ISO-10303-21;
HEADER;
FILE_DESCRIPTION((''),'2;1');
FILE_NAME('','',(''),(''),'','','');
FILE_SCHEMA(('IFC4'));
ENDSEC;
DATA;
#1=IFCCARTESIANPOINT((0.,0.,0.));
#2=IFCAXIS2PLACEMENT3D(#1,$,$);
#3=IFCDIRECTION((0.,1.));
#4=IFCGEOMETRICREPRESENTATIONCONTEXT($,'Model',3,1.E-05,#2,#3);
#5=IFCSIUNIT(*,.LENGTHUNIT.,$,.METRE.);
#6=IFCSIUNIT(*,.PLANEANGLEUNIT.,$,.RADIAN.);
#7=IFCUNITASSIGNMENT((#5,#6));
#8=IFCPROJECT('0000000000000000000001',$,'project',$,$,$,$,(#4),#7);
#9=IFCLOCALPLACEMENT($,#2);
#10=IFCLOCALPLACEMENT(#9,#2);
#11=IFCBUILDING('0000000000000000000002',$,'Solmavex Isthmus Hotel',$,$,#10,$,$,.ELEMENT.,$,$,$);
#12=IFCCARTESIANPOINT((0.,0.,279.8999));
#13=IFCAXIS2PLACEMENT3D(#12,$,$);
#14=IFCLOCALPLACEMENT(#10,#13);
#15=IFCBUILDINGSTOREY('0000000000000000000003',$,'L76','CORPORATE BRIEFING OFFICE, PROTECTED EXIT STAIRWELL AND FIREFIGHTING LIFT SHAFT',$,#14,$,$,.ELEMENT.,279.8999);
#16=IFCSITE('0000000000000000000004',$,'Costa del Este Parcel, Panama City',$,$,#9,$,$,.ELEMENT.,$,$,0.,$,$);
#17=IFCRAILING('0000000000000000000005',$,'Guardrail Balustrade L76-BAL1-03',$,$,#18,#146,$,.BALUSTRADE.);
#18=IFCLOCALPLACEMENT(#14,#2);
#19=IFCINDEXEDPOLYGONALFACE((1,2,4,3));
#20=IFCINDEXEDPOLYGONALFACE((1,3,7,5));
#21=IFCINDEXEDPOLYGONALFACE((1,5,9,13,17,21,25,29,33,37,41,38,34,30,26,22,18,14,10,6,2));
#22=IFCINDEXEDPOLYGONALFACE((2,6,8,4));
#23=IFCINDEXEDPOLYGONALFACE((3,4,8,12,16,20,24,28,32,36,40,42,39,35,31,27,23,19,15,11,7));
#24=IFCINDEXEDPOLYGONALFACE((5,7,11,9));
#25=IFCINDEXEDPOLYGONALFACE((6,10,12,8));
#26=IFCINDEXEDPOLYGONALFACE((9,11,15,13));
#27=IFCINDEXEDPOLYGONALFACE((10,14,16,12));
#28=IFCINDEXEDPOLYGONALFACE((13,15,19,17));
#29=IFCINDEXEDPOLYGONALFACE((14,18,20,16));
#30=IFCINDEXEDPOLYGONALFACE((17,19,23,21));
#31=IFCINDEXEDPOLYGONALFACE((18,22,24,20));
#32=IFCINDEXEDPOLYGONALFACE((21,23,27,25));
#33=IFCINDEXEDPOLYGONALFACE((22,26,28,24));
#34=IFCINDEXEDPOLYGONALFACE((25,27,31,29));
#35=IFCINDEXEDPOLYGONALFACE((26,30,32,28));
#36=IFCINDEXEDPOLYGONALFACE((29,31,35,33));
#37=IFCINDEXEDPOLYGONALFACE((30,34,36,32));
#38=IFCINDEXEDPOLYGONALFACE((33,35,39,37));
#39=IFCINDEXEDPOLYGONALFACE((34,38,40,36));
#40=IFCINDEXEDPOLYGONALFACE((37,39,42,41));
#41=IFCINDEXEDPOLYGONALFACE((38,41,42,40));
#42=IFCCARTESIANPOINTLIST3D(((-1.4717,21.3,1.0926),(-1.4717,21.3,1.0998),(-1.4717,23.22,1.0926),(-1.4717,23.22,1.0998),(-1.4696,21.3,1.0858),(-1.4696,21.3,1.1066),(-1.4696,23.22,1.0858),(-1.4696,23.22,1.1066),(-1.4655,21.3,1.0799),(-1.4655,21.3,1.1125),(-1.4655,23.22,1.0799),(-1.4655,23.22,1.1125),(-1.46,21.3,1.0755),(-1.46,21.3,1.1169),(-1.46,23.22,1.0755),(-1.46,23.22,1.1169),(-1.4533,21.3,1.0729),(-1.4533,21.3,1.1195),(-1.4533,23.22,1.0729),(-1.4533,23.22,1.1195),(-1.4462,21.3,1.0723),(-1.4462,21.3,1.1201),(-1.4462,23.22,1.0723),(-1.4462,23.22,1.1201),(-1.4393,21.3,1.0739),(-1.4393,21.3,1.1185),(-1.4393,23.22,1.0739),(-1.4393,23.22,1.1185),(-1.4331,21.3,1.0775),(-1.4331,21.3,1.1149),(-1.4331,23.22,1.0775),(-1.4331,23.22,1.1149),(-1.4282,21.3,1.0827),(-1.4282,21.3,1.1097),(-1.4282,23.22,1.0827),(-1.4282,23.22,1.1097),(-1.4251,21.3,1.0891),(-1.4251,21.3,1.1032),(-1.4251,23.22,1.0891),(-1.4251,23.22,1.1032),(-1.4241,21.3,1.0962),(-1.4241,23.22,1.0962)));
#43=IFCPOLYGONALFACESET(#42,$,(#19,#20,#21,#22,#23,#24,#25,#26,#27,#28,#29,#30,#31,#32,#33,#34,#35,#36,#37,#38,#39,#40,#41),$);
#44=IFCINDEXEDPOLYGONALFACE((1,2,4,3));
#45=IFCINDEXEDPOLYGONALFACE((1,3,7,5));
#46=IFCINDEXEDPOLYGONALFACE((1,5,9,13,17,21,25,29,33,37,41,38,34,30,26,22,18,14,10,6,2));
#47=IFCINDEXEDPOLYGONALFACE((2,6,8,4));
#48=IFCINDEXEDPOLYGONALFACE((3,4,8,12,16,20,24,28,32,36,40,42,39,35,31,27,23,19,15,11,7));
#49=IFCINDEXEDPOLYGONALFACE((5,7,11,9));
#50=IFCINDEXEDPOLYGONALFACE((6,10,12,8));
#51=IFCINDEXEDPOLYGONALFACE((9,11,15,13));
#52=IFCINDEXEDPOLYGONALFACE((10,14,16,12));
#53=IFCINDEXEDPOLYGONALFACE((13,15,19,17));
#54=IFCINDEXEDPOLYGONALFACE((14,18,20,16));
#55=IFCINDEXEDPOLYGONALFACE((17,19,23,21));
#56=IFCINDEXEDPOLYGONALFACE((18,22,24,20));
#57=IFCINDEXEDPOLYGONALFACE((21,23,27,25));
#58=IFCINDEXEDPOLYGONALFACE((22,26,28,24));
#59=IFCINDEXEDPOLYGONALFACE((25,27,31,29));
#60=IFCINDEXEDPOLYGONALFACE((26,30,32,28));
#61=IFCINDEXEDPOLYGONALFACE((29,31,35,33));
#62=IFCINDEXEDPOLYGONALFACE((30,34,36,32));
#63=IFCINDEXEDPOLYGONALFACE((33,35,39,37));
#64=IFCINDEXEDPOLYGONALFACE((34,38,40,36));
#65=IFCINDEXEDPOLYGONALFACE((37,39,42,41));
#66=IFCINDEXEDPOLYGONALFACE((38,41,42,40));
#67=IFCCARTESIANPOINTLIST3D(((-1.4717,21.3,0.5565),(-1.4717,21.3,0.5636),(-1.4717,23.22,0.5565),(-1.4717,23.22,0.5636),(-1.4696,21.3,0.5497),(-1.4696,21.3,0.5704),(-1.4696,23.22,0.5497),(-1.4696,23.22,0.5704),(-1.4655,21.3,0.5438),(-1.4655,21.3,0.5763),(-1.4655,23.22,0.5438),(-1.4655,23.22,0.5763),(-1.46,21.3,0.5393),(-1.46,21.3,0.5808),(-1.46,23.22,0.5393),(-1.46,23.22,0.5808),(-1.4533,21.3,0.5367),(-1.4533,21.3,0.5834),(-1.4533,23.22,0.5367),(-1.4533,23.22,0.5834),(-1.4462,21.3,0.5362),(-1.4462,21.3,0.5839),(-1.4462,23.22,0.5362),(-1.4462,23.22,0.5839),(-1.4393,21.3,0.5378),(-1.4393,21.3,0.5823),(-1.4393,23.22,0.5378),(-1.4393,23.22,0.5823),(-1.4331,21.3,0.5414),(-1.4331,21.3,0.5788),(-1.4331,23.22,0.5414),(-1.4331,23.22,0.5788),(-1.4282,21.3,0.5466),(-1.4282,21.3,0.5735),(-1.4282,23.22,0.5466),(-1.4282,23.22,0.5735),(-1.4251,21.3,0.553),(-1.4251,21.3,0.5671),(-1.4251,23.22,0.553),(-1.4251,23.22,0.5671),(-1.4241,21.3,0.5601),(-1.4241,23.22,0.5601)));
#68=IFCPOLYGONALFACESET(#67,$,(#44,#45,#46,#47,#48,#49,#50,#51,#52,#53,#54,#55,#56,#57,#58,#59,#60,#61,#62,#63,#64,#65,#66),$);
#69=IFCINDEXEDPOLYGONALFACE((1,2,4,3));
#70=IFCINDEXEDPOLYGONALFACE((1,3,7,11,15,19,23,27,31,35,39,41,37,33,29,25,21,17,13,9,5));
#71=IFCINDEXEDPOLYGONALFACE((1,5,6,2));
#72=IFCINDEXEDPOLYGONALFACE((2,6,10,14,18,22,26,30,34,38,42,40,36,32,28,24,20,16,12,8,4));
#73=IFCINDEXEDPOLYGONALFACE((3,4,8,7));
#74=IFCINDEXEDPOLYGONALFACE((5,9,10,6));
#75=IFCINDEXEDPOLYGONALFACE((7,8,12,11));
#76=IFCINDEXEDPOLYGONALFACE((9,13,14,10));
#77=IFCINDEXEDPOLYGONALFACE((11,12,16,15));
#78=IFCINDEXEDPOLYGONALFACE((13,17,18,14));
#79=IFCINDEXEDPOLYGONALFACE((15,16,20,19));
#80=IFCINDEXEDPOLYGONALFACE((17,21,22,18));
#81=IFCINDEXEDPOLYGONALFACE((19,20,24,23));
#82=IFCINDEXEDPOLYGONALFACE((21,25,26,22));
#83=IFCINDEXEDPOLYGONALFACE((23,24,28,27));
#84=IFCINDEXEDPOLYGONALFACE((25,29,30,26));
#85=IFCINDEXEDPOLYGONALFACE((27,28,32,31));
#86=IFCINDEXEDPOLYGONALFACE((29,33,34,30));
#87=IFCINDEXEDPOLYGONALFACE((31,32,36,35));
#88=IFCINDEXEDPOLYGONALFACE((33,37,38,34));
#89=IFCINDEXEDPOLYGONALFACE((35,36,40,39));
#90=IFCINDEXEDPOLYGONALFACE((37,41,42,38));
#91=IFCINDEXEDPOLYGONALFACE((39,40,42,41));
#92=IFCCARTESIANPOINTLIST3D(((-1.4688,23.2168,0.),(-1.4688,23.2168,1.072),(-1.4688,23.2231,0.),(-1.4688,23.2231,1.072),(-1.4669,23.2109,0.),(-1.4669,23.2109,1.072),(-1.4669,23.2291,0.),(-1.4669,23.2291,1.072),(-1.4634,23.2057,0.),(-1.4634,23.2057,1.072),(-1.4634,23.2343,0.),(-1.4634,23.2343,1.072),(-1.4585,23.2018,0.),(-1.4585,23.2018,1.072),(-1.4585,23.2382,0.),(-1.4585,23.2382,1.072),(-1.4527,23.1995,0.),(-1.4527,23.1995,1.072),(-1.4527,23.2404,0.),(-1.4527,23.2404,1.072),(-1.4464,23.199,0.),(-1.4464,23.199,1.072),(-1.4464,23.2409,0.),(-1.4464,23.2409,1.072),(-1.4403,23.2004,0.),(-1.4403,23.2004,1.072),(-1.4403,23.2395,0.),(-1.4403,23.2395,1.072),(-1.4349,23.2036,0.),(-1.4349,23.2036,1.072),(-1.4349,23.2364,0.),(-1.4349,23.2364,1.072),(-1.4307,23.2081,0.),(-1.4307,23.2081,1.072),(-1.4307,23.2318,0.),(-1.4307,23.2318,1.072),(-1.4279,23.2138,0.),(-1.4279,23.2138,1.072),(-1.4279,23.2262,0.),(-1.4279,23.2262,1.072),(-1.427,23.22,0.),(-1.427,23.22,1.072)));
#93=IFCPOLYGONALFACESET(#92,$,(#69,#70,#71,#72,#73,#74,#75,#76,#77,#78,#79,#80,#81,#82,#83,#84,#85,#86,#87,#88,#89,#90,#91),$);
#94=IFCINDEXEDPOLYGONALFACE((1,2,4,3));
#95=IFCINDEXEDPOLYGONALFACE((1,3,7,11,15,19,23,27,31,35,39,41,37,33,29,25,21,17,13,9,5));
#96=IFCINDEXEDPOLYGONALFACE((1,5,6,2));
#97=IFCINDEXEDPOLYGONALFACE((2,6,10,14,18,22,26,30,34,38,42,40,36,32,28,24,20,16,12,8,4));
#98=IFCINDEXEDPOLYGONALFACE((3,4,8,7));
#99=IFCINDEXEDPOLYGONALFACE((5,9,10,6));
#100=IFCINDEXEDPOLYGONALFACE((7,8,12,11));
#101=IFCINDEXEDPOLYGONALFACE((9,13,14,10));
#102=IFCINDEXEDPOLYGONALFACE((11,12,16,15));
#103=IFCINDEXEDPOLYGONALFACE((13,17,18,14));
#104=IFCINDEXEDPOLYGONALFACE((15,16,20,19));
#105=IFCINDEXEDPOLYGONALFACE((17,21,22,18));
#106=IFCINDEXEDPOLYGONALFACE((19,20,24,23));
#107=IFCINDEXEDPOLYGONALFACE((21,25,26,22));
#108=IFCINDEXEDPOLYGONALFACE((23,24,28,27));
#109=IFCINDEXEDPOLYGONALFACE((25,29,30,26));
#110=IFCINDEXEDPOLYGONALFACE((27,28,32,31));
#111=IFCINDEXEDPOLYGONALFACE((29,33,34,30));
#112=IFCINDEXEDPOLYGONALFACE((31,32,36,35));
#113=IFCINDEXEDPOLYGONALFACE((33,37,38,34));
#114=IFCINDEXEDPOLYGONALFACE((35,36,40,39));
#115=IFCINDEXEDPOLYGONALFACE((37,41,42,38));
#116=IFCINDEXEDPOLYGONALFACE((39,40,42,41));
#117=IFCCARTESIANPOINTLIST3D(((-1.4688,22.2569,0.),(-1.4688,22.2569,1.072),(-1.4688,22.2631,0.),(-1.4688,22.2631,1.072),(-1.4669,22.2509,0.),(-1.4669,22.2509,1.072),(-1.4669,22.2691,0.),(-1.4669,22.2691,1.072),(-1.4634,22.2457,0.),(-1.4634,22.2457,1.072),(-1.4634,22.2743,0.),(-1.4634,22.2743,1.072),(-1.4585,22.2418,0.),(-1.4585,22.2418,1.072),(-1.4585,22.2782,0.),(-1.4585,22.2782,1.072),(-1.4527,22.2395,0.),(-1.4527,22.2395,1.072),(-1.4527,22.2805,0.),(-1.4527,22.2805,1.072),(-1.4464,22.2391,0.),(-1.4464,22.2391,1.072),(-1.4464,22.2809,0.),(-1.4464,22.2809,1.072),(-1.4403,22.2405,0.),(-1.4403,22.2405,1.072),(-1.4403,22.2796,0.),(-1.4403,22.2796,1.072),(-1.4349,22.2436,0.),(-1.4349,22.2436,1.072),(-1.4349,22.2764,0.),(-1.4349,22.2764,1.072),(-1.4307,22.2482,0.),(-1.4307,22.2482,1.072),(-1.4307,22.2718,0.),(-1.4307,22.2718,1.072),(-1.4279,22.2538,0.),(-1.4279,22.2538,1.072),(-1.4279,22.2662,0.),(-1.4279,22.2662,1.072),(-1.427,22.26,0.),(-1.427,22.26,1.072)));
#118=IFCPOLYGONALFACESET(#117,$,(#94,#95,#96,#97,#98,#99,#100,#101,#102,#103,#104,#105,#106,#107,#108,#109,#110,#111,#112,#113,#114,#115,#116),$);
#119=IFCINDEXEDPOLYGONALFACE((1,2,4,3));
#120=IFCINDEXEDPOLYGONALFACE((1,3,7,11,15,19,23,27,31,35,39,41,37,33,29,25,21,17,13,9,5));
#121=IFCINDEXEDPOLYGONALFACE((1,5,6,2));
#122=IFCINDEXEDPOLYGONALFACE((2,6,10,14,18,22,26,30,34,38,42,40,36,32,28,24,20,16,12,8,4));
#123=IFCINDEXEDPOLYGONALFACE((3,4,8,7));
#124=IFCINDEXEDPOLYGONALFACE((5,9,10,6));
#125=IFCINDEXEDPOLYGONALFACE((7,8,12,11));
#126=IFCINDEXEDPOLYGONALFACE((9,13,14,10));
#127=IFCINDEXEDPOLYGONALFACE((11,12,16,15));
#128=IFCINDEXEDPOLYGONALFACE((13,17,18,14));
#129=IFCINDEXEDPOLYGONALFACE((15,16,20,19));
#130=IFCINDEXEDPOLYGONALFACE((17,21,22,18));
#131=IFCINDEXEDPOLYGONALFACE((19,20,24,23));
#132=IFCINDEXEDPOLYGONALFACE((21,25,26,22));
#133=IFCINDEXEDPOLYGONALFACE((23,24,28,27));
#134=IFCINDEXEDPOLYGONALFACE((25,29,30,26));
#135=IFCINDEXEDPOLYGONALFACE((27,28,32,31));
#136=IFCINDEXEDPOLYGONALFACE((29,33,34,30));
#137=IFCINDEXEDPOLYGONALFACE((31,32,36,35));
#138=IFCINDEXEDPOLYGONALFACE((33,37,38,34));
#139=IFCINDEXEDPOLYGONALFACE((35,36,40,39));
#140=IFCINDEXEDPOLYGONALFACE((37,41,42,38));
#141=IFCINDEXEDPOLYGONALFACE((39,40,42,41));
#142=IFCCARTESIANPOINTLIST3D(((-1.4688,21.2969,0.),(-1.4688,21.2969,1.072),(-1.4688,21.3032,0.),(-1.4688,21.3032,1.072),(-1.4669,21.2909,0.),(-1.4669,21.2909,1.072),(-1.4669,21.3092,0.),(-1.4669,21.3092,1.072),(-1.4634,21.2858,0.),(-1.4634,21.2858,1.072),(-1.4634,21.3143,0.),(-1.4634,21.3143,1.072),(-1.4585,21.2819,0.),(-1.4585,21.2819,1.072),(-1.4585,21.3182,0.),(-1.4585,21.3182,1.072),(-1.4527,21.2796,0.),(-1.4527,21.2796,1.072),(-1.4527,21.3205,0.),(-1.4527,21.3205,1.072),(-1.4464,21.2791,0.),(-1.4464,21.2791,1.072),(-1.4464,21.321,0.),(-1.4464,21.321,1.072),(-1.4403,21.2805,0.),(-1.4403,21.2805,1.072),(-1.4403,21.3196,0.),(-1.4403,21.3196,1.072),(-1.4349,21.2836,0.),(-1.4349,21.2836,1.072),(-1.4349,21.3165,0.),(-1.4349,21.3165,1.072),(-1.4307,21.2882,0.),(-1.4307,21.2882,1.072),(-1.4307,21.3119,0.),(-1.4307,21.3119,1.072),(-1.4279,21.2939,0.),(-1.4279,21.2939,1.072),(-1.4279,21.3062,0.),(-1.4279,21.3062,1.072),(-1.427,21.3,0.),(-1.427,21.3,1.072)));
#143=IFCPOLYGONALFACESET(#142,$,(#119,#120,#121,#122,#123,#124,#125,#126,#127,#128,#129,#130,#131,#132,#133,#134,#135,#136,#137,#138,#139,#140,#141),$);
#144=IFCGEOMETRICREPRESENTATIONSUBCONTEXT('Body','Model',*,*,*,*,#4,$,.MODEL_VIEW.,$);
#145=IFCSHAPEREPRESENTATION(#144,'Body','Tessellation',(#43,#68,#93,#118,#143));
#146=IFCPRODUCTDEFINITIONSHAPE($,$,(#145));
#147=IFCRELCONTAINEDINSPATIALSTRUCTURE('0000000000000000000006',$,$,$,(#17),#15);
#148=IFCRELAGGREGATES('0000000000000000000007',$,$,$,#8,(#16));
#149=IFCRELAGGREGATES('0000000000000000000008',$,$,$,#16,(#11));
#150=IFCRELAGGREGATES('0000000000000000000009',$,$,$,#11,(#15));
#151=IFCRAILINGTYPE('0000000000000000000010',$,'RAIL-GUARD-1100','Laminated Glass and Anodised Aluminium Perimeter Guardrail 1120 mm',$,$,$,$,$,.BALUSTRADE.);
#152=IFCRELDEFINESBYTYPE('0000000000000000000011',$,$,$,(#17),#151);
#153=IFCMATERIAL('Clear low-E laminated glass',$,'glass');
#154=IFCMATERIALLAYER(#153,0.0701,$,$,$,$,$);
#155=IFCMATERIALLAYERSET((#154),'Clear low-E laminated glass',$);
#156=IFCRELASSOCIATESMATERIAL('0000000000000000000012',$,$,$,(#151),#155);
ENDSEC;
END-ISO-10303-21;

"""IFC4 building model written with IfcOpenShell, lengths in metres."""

from ifc_helpers import new_model, si_unit, direction, frame, origin, origin_2d, place, context, subcontext, project, spatial, circle, extrude, material, layer, layer_set, type_object, element, save


model = new_model("IFC4")

# Units and contexts
model_context = context("Model", 3, precision=1e-05, world=origin(), true_north=direction((0.0, 1.0)))
body_context = subcontext(model_context, "Body", "Model", "MODEL_VIEW")
ifc_project = project(units=[si_unit("LENGTHUNIT", "METRE"), si_unit("PLANEANGLEUNIT", "RADIAN")], contexts=[model_context])

# Site, building, storey
site_placement = place(None, origin())
site = spatial("IfcSite", under=ifc_project, at=site_placement, Name="Costa del Este Parcel, Panama City", CompositionType="ELEMENT", RefElevation=0.0)
building_placement = place(site_placement, origin())
building = spatial("IfcBuilding", under=site, at=building_placement, Name="Solmavex Isthmus Hotel", CompositionType="ELEMENT")
storey_placement = place(building_placement, frame((0.0, 0.0, 279.8999)))
storey = spatial("IfcBuildingStorey", under=building, at=storey_placement, Name="L76", Description="CORPORATE BRIEFING OFFICE, PROTECTED EXIT STAIRWELL AND FIREFIGHTING LIFT SHAFT", CompositionType="ELEMENT", Elevation=279.8999)

# Shared definitions
ifc_material_1 = material(Name="Clear low-E laminated glass", Category="glass")

# Railing
ifc_layer_1 = layer(ifc_material_1, 0.0701)
ifc_layer_set_1 = layer_set([ifc_layer_1], Name="Clear low-E laminated glass")
railing_type = type_object("IfcRailingType", Name="RAIL-GUARD-1100", Description="Laminated Glass and Anodised Aluminium Perimeter Guardrail 1120 mm", PredefinedType="BALUSTRADE", material=ifc_layer_set_1)
railing_1_placement = place(storey_placement, frame((-1.448, 23.22, 0.0)))
element("IfcRailing", 1, at=railing_1_placement, inside=storey, type_object=railing_type, Name="Guardrail Balustrade L76-BAL1-03", PredefinedType="BALUSTRADE", context=body_context, shape_type="SweptSolid", body=[
    extrude(circle(Radius=0.0239, at=origin_2d()), frame((0.0, 0.0, 1.0962), z_axis=(0.0, -1.0, 0.0), x_axis=(1.0, 0.0, 0.0)), (0.0, 0.0, 1.0), 1.9199),
    extrude(circle(Radius=0.0239, at=origin_2d()), frame((0.0, 0.0, 0.5601), z_axis=(0.0, -1.0, 0.0), x_axis=(1.0, 0.0, 0.0)), (0.0, 0.0, 1.0), 1.9199),
    extrude(circle(Radius=0.021, at=origin_2d()), origin(), (0.0, 0.0, 1.0), 1.072),
    extrude(circle(Radius=0.021, at=origin_2d()), frame((0.0, -0.96, 0.0)), (0.0, 0.0, 1.0), 1.072),
    extrude(circle(Radius=0.021, at=origin_2d()), frame((0.0, -1.9199, 0.0)), (0.0, 0.0, 1.0), 1.072),
])

save(model, "model.ifc")
